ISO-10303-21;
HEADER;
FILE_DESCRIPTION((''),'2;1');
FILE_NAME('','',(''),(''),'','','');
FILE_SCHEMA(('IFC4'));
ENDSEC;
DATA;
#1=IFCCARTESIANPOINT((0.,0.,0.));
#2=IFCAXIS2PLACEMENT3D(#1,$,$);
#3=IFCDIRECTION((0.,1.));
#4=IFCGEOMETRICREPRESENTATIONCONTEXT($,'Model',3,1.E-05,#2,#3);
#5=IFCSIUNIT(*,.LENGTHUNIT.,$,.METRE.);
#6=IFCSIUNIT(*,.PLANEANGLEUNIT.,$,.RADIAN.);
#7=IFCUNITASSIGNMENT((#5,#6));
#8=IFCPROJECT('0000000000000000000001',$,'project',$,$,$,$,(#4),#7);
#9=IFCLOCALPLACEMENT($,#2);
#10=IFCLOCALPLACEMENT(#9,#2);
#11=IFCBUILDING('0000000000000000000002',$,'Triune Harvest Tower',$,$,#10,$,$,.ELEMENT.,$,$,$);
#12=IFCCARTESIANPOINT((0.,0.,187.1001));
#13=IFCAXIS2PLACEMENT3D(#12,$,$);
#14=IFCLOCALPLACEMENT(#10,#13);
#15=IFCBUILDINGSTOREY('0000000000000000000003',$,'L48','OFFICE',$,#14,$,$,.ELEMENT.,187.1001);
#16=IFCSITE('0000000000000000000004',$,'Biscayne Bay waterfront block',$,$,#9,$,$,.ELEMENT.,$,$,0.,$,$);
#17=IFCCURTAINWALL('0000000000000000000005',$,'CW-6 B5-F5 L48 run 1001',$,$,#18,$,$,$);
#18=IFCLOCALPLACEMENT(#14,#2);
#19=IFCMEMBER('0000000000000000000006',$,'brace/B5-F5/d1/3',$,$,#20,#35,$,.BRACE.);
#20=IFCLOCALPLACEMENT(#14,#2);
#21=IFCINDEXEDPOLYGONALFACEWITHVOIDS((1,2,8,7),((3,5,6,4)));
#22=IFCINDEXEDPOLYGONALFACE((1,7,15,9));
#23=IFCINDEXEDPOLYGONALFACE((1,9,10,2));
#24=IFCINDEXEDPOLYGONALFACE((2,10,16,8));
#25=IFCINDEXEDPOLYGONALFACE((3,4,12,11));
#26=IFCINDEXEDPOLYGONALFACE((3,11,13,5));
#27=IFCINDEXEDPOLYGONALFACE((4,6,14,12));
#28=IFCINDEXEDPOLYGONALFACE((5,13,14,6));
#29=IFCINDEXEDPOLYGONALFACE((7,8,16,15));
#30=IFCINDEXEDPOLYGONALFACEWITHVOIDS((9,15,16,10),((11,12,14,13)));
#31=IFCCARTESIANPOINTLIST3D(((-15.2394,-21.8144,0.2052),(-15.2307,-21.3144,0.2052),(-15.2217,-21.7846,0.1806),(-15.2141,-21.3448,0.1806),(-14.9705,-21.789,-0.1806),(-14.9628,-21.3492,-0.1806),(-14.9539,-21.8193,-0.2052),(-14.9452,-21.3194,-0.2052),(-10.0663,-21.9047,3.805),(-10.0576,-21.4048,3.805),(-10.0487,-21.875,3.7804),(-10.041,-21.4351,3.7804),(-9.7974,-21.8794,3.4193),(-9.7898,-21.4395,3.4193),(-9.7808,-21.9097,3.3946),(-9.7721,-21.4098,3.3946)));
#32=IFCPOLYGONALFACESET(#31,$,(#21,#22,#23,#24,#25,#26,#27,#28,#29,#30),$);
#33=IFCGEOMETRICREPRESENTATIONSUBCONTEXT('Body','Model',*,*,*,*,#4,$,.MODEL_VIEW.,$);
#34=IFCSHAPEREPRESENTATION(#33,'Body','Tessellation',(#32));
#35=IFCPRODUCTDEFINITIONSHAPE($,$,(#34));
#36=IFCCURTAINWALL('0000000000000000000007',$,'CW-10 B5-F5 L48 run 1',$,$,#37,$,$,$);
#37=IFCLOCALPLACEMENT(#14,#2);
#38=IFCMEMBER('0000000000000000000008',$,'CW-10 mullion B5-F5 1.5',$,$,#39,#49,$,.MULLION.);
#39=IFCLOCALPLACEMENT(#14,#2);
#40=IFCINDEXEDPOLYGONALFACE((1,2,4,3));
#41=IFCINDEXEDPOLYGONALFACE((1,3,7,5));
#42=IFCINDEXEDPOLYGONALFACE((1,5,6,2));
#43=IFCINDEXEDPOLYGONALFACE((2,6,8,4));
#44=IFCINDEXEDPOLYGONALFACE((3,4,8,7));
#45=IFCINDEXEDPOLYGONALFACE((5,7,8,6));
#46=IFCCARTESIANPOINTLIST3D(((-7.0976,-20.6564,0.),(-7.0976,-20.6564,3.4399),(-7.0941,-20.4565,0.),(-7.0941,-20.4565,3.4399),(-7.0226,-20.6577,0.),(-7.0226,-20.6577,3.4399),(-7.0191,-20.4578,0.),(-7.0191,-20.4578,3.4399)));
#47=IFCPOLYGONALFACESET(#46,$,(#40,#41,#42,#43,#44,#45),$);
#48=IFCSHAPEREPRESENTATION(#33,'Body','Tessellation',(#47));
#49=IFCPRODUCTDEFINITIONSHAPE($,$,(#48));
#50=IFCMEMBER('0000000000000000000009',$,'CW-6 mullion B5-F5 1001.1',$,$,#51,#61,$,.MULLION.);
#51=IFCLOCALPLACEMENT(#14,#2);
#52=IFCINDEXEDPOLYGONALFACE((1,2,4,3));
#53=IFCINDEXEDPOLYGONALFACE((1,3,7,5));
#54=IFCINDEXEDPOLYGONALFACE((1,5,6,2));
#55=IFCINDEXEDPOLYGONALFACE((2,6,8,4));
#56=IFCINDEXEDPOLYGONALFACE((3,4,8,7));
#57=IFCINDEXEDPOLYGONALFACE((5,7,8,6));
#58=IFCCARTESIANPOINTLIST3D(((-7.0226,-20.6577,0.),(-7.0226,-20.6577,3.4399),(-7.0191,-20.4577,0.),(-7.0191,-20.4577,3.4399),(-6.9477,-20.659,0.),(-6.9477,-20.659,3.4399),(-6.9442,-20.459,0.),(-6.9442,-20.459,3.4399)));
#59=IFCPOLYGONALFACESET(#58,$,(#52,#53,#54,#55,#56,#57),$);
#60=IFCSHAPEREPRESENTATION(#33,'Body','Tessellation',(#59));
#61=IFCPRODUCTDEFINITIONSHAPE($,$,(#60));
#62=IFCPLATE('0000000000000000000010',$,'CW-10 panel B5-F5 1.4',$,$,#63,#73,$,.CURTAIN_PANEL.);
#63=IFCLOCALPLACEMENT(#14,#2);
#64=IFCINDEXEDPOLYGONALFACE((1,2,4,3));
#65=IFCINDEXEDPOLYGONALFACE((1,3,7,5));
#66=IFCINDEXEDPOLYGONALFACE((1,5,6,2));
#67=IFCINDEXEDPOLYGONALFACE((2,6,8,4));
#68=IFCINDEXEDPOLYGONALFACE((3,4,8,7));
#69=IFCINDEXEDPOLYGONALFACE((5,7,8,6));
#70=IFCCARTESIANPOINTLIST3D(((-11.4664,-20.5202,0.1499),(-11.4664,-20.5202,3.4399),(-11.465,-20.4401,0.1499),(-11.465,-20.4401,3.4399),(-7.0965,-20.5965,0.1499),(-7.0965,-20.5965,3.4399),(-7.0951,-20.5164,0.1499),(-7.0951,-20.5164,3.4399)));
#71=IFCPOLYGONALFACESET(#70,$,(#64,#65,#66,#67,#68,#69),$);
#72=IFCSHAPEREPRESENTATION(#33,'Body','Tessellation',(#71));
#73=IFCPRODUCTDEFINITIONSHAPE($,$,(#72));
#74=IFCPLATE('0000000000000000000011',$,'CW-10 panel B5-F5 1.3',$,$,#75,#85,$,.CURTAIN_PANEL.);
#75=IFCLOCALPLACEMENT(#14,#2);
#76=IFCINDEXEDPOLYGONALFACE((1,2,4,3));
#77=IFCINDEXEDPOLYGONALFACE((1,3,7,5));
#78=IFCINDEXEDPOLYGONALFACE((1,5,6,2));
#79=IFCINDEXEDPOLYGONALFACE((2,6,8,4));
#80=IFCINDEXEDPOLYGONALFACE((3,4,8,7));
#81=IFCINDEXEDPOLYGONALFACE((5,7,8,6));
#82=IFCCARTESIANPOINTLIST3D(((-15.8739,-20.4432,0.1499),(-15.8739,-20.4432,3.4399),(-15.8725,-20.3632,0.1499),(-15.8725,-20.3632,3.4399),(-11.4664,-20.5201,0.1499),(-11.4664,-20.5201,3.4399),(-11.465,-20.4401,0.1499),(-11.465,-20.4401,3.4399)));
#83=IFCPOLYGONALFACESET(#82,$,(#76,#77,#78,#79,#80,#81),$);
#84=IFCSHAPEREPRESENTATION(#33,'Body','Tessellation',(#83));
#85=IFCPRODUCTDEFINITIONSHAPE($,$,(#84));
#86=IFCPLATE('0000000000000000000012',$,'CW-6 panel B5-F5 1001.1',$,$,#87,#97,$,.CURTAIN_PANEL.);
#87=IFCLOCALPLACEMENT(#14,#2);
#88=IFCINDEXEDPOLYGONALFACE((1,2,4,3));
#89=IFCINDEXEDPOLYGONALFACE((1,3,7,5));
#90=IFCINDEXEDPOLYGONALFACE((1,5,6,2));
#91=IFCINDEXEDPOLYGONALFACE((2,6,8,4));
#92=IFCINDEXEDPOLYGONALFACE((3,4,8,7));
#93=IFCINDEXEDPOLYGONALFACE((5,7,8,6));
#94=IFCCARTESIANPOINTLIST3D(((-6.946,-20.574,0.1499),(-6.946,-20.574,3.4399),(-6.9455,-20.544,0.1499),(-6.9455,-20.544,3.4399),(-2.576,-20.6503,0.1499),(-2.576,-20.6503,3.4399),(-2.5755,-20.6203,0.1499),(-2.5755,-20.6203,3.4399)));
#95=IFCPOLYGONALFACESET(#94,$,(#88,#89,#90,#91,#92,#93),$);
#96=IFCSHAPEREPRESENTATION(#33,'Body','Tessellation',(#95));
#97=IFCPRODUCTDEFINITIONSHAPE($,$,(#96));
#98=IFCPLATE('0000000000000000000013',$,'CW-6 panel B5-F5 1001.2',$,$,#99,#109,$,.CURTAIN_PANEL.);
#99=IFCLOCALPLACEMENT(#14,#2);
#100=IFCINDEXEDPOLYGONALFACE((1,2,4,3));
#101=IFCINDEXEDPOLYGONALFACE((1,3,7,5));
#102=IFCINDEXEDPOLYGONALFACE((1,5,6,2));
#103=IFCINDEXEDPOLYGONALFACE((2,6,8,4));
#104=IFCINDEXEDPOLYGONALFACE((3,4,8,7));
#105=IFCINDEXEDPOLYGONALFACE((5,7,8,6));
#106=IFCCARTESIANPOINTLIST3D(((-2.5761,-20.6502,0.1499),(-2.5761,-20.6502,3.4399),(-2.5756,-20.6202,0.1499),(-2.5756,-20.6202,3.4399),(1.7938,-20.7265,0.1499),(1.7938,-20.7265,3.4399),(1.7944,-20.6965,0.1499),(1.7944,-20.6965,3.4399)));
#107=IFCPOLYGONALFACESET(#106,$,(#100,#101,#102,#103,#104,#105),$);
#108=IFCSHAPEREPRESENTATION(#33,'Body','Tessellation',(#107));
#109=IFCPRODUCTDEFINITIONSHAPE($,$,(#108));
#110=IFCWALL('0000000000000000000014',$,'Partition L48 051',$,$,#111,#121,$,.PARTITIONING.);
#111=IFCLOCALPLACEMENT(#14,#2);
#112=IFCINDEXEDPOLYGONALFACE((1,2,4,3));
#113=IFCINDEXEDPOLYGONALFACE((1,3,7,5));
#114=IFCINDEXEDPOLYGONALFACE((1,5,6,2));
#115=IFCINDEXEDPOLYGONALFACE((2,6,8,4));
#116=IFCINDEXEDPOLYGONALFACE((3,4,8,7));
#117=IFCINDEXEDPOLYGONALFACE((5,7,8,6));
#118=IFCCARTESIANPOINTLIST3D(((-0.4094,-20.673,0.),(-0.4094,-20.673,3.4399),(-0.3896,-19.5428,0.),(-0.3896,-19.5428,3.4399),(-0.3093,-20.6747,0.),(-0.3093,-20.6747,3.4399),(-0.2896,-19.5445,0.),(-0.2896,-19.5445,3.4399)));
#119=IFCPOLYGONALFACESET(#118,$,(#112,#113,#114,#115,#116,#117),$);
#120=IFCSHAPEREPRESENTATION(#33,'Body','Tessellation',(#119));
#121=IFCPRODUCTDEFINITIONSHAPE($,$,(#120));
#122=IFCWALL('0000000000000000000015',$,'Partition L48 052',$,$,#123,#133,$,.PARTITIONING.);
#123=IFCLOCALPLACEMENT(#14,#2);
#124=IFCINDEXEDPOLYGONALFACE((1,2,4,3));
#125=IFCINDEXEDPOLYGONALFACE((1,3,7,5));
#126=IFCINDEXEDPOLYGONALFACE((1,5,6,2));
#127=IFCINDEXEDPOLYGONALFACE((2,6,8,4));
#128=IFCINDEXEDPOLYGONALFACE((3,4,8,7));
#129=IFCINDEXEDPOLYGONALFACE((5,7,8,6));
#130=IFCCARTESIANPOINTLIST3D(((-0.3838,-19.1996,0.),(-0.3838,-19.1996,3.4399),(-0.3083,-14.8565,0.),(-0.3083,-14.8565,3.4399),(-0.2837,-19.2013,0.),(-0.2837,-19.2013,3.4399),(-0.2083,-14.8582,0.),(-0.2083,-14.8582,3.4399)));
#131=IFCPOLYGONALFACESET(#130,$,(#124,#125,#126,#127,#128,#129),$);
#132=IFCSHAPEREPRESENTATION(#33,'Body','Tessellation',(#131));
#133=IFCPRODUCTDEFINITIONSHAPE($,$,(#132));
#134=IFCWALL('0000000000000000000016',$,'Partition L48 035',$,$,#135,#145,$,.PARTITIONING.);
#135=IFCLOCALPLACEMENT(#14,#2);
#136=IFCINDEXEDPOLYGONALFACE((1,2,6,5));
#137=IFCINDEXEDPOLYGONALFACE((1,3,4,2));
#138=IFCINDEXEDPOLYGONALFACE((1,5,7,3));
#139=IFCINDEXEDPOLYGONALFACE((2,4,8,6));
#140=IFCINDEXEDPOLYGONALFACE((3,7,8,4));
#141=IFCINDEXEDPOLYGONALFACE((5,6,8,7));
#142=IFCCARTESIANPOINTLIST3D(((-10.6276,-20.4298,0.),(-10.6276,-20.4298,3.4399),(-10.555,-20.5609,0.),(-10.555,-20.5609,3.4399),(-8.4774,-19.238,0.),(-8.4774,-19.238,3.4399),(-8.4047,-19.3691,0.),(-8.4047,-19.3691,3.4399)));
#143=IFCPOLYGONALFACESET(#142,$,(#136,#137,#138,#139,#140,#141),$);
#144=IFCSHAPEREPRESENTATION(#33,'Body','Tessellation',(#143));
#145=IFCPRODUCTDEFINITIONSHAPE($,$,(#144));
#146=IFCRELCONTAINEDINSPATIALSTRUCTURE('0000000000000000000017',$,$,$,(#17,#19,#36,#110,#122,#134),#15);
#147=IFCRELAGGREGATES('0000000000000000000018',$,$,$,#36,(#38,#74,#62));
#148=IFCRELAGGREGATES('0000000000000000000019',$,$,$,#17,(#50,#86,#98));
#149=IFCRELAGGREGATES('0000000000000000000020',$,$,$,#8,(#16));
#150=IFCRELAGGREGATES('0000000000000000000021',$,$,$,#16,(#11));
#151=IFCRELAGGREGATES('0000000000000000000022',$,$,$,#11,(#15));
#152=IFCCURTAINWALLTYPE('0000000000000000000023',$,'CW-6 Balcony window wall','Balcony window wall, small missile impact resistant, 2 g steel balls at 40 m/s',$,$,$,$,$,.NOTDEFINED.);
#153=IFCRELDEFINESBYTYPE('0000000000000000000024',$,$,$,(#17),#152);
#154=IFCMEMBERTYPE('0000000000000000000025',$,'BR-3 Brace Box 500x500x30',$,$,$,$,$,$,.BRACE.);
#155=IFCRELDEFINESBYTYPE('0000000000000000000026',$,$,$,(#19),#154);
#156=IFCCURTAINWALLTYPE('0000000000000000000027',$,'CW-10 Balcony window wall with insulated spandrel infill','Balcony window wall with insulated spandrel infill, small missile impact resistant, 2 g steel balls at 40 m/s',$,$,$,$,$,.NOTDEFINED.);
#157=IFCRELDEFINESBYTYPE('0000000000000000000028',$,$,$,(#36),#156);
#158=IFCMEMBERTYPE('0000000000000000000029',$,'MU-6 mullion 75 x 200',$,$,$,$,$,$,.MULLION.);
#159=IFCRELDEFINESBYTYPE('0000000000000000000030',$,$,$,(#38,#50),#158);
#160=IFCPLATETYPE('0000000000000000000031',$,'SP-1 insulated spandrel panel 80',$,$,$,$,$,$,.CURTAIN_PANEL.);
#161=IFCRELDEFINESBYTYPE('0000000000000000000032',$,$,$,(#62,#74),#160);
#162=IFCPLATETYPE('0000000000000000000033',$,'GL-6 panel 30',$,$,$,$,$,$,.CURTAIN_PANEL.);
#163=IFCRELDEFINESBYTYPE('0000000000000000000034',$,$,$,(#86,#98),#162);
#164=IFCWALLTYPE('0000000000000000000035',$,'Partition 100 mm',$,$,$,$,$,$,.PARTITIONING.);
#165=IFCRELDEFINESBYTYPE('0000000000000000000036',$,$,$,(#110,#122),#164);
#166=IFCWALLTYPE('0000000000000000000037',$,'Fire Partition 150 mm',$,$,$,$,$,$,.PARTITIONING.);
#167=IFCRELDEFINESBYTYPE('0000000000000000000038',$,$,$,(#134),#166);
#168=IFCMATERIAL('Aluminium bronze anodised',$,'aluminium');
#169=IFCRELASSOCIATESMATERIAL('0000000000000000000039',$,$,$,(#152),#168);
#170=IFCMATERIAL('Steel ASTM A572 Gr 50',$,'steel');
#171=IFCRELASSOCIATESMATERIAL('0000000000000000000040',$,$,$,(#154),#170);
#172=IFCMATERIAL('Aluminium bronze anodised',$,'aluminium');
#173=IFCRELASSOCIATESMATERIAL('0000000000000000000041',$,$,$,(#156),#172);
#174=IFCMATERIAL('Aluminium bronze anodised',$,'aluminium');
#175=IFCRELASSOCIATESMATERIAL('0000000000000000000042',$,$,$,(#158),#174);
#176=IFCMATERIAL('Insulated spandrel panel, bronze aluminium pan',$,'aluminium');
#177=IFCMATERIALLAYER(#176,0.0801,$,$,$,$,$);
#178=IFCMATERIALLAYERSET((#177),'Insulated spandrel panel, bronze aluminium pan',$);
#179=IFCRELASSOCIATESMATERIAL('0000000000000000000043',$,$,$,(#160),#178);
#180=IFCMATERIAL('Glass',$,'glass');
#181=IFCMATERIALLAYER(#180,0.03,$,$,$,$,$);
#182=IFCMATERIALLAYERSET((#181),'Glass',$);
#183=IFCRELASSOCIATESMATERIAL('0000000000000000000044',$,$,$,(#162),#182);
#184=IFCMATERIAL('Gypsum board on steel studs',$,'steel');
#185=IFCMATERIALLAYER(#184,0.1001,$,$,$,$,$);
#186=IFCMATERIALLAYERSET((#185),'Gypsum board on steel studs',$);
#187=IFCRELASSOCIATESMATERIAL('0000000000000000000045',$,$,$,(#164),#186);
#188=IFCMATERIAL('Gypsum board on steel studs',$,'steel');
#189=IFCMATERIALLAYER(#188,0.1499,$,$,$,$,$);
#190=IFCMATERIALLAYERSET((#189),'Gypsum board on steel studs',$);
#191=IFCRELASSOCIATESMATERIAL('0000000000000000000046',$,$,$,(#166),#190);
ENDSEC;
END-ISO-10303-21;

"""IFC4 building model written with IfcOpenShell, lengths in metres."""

from ifc_helpers import new_model, si_unit, direction, frame, frame_2d, origin, origin_2d, place, context, subcontext, project, spatial, rectangle, hollow_rectangle, extrude, source, transform, mapped, material, layer, layer_set, material_profile, profile_set, type_object, element, aggregate, save


model = new_model("IFC4")

# Units and contexts
model_context = context("Model", 3, precision=1e-05, world=origin(), true_north=direction((0.0, 1.0)))
body_context = subcontext(model_context, "Body", "Model", "MODEL_VIEW")
ifc_project = project(units=[si_unit("LENGTHUNIT", "METRE"), si_unit("PLANEANGLEUNIT", "RADIAN")], contexts=[model_context])

# Site, building, storey
site_placement = place(None, origin())
site = spatial("IfcSite", under=ifc_project, at=site_placement, Name="Biscayne Bay waterfront block", CompositionType="ELEMENT", RefElevation=0.0)
building_placement = place(site_placement, origin())
building = spatial("IfcBuilding", under=site, at=building_placement, Name="Triune Harvest Tower", CompositionType="ELEMENT")
storey_placement = place(building_placement, frame((0.0, 0.0, 187.1001)))
storey = spatial("IfcBuildingStorey", under=building, at=storey_placement, Name="L48", Description="OFFICE", CompositionType="ELEMENT", Elevation=187.1001)

# Curtain wall
ifc_material_1 = material(Name="Aluminium bronze anodised", Category="aluminium")
curtain_wall_type_1 = type_object("IfcCurtainWallType", Name="CW-6 Balcony window wall", Description="Balcony window wall, small missile impact resistant, 2 g steel balls at 40 m/s", PredefinedType="NOTDEFINED", material=ifc_material_1)
curtain_wall_1_placement = place(storey_placement, origin())
curtain_wall_1 = element("IfcCurtainWall", 1, at=curtain_wall_1_placement, inside=storey, type_object=curtain_wall_type_1, Name="CW-6 B5-F5 L48 run 1001")

# Member
ifc_material_2 = material(Name="Steel ASTM A572 Gr 50", Category="steel")
ifc_material_profile_1 = material_profile(ifc_material_2, hollow_rectangle(XDim=0.5, YDim=0.5, WallThickness=0.03, at=origin_2d()), Name="Box 500x500x30")
ifc_profile_set_1 = profile_set([ifc_material_profile_1], Name="Steel ASTM A572 Gr 50")
member_type_1 = type_object("IfcMemberType", Name="BR-3 Brace Box 500x500x30", PredefinedType="BRACE", material=ifc_profile_set_1)
shared_shape_1 = source(origin(), body_context, "Body", "SweptSolid", [
    extrude(hollow_rectangle(XDim=0.5, YDim=0.5, WallThickness=0.03, at=origin_2d()), origin(), (0.0, 0.0, 1.0), 6.303),
])
member_1_placement = place(storey_placement, frame((-15.0923, -21.5669, 0.0), z_axis=(0.820733, -0.014332, 0.571132), x_axis=(0.017459, 0.999848, 0.0)))
element("IfcMember", 2, at=member_1_placement, inside=storey, type_object=member_type_1, Name="brace/B5-F5/d1/3", PredefinedType="BRACE", context=body_context, shape_type="MappedRepresentation", body=[
    mapped(shared_shape_1, transform((0.0, 0.0, 0.0), scale=1.0)),
])

# Curtain wall, member
ifc_material_3 = material(Name="Aluminium bronze anodised", Category="aluminium")
curtain_wall_type_2 = type_object("IfcCurtainWallType", Name="CW-10 Balcony window wall with insulated spandrel infill", Description="Balcony window wall with insulated spandrel infill, small missile impact resistant, 2 g steel balls at 40 m/s", PredefinedType="NOTDEFINED", material=ifc_material_3)
curtain_wall_2_placement = place(storey_placement, origin())
curtain_wall_2 = element("IfcCurtainWall", 3, at=curtain_wall_2_placement, inside=storey, type_object=curtain_wall_type_2, Name="CW-10 B5-F5 L48 run 1")
ifc_material_4 = material(Name="Aluminium bronze anodised", Category="aluminium")
ifc_material_profile_2 = material_profile(ifc_material_4, rectangle(XDim=0.2, YDim=0.075, at=origin_2d()), Name="MU-6 mullion 75 x 200")
ifc_profile_set_2 = profile_set([ifc_material_profile_2], Name="Aluminium bronze anodised")
member_type_2 = type_object("IfcMemberType", Name="MU-6 mullion 75 x 200", PredefinedType="MULLION", material=ifc_profile_set_2)
shared_shape_2 = source(origin(), body_context, "Body", "SweptSolid", [
    extrude(rectangle(XDim=0.2, YDim=0.075, at=origin_2d()), origin(), (0.0, 0.0, 1.0), 3.4399),
])
member_2_placement = place(storey_placement, frame((-7.0583, -20.5571, 0.0), z_axis=(0.0, 0.0, 1.0), x_axis=(0.017451, 0.999848, 0.0)))
member_2 = element("IfcMember", 4, at=member_2_placement, type_object=member_type_2, Name="CW-10 mullion B5-F5 1.5", PredefinedType="MULLION", context=body_context, shape_type="MappedRepresentation", body=[
    mapped(shared_shape_2, transform((0.0, 0.0, 0.0), scale=1.0)),
])

# Member
member_3_placement = place(storey_placement, frame((-6.9834, -20.5583, 0.0), z_axis=(0.0, 0.0, 1.0), x_axis=(0.017452, 0.999848, 0.0)))
member_3 = element("IfcMember", 5, at=member_3_placement, type_object=member_type_2, Name="CW-6 mullion B5-F5 1001.1", PredefinedType="MULLION", context=body_context, shape_type="MappedRepresentation", body=[
    mapped(shared_shape_2, transform((0.0, 0.0, 0.0), scale=1.0)),
])

# Plates
ifc_material_5 = material(Name="Insulated spandrel panel, bronze aluminium pan", Category="aluminium")
ifc_layer_1 = layer(ifc_material_5, 0.0801)
ifc_layer_set_1 = layer_set([ifc_layer_1], Name="Insulated spandrel panel, bronze aluminium pan")
plate_type_1 = type_object("IfcPlateType", Name="SP-1 insulated spandrel panel 80", PredefinedType="CURTAIN_PANEL", material=ifc_layer_set_1)
shared_shape_3 = source(origin(), body_context, "Body", "SweptSolid", [
    extrude(rectangle(XDim=4.3706, YDim=0.0801, at=origin_2d()), origin(), (0.0, 0.0, 1.0), 3.29),
])
plate_1_placement = place(storey_placement, frame((-9.2808, -20.5183, 0.1499), z_axis=(0.0, 0.0, 1.0), x_axis=(0.999848, -0.017451, 0.0)))
plate_1 = element("IfcPlate", 6, at=plate_1_placement, type_object=plate_type_1, Name="CW-10 panel B5-F5 1.4", PredefinedType="CURTAIN_PANEL", context=body_context, shape_type="MappedRepresentation", body=[
    mapped(shared_shape_3, transform((0.0, 0.0, 0.0), scale=1.0)),
])
shared_shape_4 = source(origin(), body_context, "Body", "SweptSolid", [
    extrude(rectangle(XDim=4.4082, YDim=0.0801, at=origin_2d()), origin(), (0.0, 0.0, 1.0), 3.29),
])
plate_2_placement = place(storey_placement, frame((-13.6694, -20.4417, 0.1499), z_axis=(0.0, 0.0, 1.0), x_axis=(0.999848, -0.017451, 0.0)))
plate_2 = element("IfcPlate", 7, at=plate_2_placement, type_object=plate_type_1, Name="CW-10 panel B5-F5 1.3", PredefinedType="CURTAIN_PANEL", context=body_context, shape_type="MappedRepresentation", body=[
    mapped(shared_shape_4, transform((0.0, 0.0, 0.0), scale=1.0)),
])
aggregate(curtain_wall_2, [member_2, plate_2, plate_1])
ifc_material_6 = material(Name="Glass", Category="glass")
ifc_layer_2 = layer(ifc_material_6, 0.03)
ifc_layer_set_2 = layer_set([ifc_layer_2], Name="Glass")
plate_type_2 = type_object("IfcPlateType", Name="GL-6 panel 30", PredefinedType="CURTAIN_PANEL", material=ifc_layer_set_2)
shared_shape_5 = source(origin(), body_context, "Body", "SweptSolid", [
    extrude(rectangle(XDim=4.3706, YDim=0.03, at=origin_2d()), origin(), (0.0, 0.0, 1.0), 3.29),
])
plate_3_placement = place(storey_placement, frame((-4.7607, -20.5972, 0.1499), z_axis=(0.0, 0.0, 1.0), x_axis=(0.999848, -0.017452, 0.0)))
plate_3 = element("IfcPlate", 8, at=plate_3_placement, type_object=plate_type_2, Name="CW-6 panel B5-F5 1001.1", PredefinedType="CURTAIN_PANEL", context=body_context, shape_type="MappedRepresentation", body=[
    mapped(shared_shape_5, transform((0.0, 0.0, 0.0), scale=1.0)),
])
plate_4_placement = place(storey_placement, frame((-0.3909, -20.6733, 0.1499), z_axis=(0.0, 0.0, 1.0), x_axis=(0.999848, -0.017452, 0.0)))
plate_4 = element("IfcPlate", 9, at=plate_4_placement, type_object=plate_type_2, Name="CW-6 panel B5-F5 1001.2", PredefinedType="CURTAIN_PANEL", context=body_context, shape_type="MappedRepresentation", body=[
    mapped(shared_shape_5, transform((0.0, 0.0, 0.0), scale=1.0)),
])
aggregate(curtain_wall_1, [member_3, plate_3, plate_4])

# Walls
ifc_material_7 = material(Name="Gypsum board on steel studs", Category="steel")
ifc_layer_3 = layer(ifc_material_7, 0.1001)
ifc_layer_set_3 = layer_set([ifc_layer_3], Name="Gypsum board on steel studs")
wall_type_1 = type_object("IfcWallType", Name="Partition 100 mm", PredefinedType="PARTITIONING", material=ifc_layer_set_3)
shared_shape_6 = source(origin(), body_context, "Body", "SweptSolid", [
    extrude(rectangle(XDim=1.1304, YDim=0.1001, at=frame_2d((0.5652, 0.0))), origin(), (0.0, 0.0, 1.0), 3.4399),
])
wall_1_placement = place(storey_placement, frame((-0.3594, -20.6738, 0.0), z_axis=(0.0, 0.0, 1.0), x_axis=(0.017496, 0.999847, 0.0)))
element("IfcWall", 10, at=wall_1_placement, inside=storey, type_object=wall_type_1, Name="Partition L48 051", PredefinedType="PARTITIONING", context=body_context, shape_type="MappedRepresentation", body=[
    mapped(shared_shape_6, transform((0.0, 0.0, 0.0), scale=1.0)),
])
shared_shape_7 = source(origin(), body_context, "Body", "SweptSolid", [
    extrude(rectangle(XDim=4.3438, YDim=0.1001, at=frame_2d((2.1719, 0.0))), origin(), (0.0, 0.0, 1.0), 3.4399),
])
wall_2_placement = place(storey_placement, frame((-0.3337, -19.2004, 0.0), z_axis=(0.0, 0.0, 1.0), x_axis=(0.017368, 0.999849, 0.0)))
element("IfcWall", 11, at=wall_2_placement, inside=storey, type_object=wall_type_1, Name="Partition L48 052", PredefinedType="PARTITIONING", context=body_context, shape_type="MappedRepresentation", body=[
    mapped(shared_shape_7, transform((0.0, 0.0, 0.0), scale=1.0)),
])
ifc_material_8 = material(Name="Gypsum board on steel studs", Category="steel")
ifc_layer_4 = layer(ifc_material_8, 0.1499)
ifc_layer_set_4 = layer_set([ifc_layer_4], Name="Gypsum board on steel studs")
wall_type_2 = type_object("IfcWallType", Name="Fire Partition 150 mm", PredefinedType="PARTITIONING", material=ifc_layer_set_4)
shared_shape_8 = source(origin(), body_context, "Body", "SweptSolid", [
    extrude(rectangle(XDim=2.4585, YDim=0.1499, at=frame_2d((1.2292, 0.0))), origin(), (0.0, 0.0, 1.0), 3.4399),
])
wall_3_placement = place(storey_placement, frame((-10.5913, -20.4954, 0.0), z_axis=(0.0, 0.0, 1.0), x_axis=(0.874635, 0.484783, 0.0)))
element("IfcWall", 12, at=wall_3_placement, inside=storey, type_object=wall_type_2, Name="Partition L48 035", PredefinedType="PARTITIONING", context=body_context, shape_type="MappedRepresentation", body=[
    mapped(shared_shape_8, transform((0.0, 0.0, 0.0), scale=1.0)),
])

save(model, "model.ifc")
